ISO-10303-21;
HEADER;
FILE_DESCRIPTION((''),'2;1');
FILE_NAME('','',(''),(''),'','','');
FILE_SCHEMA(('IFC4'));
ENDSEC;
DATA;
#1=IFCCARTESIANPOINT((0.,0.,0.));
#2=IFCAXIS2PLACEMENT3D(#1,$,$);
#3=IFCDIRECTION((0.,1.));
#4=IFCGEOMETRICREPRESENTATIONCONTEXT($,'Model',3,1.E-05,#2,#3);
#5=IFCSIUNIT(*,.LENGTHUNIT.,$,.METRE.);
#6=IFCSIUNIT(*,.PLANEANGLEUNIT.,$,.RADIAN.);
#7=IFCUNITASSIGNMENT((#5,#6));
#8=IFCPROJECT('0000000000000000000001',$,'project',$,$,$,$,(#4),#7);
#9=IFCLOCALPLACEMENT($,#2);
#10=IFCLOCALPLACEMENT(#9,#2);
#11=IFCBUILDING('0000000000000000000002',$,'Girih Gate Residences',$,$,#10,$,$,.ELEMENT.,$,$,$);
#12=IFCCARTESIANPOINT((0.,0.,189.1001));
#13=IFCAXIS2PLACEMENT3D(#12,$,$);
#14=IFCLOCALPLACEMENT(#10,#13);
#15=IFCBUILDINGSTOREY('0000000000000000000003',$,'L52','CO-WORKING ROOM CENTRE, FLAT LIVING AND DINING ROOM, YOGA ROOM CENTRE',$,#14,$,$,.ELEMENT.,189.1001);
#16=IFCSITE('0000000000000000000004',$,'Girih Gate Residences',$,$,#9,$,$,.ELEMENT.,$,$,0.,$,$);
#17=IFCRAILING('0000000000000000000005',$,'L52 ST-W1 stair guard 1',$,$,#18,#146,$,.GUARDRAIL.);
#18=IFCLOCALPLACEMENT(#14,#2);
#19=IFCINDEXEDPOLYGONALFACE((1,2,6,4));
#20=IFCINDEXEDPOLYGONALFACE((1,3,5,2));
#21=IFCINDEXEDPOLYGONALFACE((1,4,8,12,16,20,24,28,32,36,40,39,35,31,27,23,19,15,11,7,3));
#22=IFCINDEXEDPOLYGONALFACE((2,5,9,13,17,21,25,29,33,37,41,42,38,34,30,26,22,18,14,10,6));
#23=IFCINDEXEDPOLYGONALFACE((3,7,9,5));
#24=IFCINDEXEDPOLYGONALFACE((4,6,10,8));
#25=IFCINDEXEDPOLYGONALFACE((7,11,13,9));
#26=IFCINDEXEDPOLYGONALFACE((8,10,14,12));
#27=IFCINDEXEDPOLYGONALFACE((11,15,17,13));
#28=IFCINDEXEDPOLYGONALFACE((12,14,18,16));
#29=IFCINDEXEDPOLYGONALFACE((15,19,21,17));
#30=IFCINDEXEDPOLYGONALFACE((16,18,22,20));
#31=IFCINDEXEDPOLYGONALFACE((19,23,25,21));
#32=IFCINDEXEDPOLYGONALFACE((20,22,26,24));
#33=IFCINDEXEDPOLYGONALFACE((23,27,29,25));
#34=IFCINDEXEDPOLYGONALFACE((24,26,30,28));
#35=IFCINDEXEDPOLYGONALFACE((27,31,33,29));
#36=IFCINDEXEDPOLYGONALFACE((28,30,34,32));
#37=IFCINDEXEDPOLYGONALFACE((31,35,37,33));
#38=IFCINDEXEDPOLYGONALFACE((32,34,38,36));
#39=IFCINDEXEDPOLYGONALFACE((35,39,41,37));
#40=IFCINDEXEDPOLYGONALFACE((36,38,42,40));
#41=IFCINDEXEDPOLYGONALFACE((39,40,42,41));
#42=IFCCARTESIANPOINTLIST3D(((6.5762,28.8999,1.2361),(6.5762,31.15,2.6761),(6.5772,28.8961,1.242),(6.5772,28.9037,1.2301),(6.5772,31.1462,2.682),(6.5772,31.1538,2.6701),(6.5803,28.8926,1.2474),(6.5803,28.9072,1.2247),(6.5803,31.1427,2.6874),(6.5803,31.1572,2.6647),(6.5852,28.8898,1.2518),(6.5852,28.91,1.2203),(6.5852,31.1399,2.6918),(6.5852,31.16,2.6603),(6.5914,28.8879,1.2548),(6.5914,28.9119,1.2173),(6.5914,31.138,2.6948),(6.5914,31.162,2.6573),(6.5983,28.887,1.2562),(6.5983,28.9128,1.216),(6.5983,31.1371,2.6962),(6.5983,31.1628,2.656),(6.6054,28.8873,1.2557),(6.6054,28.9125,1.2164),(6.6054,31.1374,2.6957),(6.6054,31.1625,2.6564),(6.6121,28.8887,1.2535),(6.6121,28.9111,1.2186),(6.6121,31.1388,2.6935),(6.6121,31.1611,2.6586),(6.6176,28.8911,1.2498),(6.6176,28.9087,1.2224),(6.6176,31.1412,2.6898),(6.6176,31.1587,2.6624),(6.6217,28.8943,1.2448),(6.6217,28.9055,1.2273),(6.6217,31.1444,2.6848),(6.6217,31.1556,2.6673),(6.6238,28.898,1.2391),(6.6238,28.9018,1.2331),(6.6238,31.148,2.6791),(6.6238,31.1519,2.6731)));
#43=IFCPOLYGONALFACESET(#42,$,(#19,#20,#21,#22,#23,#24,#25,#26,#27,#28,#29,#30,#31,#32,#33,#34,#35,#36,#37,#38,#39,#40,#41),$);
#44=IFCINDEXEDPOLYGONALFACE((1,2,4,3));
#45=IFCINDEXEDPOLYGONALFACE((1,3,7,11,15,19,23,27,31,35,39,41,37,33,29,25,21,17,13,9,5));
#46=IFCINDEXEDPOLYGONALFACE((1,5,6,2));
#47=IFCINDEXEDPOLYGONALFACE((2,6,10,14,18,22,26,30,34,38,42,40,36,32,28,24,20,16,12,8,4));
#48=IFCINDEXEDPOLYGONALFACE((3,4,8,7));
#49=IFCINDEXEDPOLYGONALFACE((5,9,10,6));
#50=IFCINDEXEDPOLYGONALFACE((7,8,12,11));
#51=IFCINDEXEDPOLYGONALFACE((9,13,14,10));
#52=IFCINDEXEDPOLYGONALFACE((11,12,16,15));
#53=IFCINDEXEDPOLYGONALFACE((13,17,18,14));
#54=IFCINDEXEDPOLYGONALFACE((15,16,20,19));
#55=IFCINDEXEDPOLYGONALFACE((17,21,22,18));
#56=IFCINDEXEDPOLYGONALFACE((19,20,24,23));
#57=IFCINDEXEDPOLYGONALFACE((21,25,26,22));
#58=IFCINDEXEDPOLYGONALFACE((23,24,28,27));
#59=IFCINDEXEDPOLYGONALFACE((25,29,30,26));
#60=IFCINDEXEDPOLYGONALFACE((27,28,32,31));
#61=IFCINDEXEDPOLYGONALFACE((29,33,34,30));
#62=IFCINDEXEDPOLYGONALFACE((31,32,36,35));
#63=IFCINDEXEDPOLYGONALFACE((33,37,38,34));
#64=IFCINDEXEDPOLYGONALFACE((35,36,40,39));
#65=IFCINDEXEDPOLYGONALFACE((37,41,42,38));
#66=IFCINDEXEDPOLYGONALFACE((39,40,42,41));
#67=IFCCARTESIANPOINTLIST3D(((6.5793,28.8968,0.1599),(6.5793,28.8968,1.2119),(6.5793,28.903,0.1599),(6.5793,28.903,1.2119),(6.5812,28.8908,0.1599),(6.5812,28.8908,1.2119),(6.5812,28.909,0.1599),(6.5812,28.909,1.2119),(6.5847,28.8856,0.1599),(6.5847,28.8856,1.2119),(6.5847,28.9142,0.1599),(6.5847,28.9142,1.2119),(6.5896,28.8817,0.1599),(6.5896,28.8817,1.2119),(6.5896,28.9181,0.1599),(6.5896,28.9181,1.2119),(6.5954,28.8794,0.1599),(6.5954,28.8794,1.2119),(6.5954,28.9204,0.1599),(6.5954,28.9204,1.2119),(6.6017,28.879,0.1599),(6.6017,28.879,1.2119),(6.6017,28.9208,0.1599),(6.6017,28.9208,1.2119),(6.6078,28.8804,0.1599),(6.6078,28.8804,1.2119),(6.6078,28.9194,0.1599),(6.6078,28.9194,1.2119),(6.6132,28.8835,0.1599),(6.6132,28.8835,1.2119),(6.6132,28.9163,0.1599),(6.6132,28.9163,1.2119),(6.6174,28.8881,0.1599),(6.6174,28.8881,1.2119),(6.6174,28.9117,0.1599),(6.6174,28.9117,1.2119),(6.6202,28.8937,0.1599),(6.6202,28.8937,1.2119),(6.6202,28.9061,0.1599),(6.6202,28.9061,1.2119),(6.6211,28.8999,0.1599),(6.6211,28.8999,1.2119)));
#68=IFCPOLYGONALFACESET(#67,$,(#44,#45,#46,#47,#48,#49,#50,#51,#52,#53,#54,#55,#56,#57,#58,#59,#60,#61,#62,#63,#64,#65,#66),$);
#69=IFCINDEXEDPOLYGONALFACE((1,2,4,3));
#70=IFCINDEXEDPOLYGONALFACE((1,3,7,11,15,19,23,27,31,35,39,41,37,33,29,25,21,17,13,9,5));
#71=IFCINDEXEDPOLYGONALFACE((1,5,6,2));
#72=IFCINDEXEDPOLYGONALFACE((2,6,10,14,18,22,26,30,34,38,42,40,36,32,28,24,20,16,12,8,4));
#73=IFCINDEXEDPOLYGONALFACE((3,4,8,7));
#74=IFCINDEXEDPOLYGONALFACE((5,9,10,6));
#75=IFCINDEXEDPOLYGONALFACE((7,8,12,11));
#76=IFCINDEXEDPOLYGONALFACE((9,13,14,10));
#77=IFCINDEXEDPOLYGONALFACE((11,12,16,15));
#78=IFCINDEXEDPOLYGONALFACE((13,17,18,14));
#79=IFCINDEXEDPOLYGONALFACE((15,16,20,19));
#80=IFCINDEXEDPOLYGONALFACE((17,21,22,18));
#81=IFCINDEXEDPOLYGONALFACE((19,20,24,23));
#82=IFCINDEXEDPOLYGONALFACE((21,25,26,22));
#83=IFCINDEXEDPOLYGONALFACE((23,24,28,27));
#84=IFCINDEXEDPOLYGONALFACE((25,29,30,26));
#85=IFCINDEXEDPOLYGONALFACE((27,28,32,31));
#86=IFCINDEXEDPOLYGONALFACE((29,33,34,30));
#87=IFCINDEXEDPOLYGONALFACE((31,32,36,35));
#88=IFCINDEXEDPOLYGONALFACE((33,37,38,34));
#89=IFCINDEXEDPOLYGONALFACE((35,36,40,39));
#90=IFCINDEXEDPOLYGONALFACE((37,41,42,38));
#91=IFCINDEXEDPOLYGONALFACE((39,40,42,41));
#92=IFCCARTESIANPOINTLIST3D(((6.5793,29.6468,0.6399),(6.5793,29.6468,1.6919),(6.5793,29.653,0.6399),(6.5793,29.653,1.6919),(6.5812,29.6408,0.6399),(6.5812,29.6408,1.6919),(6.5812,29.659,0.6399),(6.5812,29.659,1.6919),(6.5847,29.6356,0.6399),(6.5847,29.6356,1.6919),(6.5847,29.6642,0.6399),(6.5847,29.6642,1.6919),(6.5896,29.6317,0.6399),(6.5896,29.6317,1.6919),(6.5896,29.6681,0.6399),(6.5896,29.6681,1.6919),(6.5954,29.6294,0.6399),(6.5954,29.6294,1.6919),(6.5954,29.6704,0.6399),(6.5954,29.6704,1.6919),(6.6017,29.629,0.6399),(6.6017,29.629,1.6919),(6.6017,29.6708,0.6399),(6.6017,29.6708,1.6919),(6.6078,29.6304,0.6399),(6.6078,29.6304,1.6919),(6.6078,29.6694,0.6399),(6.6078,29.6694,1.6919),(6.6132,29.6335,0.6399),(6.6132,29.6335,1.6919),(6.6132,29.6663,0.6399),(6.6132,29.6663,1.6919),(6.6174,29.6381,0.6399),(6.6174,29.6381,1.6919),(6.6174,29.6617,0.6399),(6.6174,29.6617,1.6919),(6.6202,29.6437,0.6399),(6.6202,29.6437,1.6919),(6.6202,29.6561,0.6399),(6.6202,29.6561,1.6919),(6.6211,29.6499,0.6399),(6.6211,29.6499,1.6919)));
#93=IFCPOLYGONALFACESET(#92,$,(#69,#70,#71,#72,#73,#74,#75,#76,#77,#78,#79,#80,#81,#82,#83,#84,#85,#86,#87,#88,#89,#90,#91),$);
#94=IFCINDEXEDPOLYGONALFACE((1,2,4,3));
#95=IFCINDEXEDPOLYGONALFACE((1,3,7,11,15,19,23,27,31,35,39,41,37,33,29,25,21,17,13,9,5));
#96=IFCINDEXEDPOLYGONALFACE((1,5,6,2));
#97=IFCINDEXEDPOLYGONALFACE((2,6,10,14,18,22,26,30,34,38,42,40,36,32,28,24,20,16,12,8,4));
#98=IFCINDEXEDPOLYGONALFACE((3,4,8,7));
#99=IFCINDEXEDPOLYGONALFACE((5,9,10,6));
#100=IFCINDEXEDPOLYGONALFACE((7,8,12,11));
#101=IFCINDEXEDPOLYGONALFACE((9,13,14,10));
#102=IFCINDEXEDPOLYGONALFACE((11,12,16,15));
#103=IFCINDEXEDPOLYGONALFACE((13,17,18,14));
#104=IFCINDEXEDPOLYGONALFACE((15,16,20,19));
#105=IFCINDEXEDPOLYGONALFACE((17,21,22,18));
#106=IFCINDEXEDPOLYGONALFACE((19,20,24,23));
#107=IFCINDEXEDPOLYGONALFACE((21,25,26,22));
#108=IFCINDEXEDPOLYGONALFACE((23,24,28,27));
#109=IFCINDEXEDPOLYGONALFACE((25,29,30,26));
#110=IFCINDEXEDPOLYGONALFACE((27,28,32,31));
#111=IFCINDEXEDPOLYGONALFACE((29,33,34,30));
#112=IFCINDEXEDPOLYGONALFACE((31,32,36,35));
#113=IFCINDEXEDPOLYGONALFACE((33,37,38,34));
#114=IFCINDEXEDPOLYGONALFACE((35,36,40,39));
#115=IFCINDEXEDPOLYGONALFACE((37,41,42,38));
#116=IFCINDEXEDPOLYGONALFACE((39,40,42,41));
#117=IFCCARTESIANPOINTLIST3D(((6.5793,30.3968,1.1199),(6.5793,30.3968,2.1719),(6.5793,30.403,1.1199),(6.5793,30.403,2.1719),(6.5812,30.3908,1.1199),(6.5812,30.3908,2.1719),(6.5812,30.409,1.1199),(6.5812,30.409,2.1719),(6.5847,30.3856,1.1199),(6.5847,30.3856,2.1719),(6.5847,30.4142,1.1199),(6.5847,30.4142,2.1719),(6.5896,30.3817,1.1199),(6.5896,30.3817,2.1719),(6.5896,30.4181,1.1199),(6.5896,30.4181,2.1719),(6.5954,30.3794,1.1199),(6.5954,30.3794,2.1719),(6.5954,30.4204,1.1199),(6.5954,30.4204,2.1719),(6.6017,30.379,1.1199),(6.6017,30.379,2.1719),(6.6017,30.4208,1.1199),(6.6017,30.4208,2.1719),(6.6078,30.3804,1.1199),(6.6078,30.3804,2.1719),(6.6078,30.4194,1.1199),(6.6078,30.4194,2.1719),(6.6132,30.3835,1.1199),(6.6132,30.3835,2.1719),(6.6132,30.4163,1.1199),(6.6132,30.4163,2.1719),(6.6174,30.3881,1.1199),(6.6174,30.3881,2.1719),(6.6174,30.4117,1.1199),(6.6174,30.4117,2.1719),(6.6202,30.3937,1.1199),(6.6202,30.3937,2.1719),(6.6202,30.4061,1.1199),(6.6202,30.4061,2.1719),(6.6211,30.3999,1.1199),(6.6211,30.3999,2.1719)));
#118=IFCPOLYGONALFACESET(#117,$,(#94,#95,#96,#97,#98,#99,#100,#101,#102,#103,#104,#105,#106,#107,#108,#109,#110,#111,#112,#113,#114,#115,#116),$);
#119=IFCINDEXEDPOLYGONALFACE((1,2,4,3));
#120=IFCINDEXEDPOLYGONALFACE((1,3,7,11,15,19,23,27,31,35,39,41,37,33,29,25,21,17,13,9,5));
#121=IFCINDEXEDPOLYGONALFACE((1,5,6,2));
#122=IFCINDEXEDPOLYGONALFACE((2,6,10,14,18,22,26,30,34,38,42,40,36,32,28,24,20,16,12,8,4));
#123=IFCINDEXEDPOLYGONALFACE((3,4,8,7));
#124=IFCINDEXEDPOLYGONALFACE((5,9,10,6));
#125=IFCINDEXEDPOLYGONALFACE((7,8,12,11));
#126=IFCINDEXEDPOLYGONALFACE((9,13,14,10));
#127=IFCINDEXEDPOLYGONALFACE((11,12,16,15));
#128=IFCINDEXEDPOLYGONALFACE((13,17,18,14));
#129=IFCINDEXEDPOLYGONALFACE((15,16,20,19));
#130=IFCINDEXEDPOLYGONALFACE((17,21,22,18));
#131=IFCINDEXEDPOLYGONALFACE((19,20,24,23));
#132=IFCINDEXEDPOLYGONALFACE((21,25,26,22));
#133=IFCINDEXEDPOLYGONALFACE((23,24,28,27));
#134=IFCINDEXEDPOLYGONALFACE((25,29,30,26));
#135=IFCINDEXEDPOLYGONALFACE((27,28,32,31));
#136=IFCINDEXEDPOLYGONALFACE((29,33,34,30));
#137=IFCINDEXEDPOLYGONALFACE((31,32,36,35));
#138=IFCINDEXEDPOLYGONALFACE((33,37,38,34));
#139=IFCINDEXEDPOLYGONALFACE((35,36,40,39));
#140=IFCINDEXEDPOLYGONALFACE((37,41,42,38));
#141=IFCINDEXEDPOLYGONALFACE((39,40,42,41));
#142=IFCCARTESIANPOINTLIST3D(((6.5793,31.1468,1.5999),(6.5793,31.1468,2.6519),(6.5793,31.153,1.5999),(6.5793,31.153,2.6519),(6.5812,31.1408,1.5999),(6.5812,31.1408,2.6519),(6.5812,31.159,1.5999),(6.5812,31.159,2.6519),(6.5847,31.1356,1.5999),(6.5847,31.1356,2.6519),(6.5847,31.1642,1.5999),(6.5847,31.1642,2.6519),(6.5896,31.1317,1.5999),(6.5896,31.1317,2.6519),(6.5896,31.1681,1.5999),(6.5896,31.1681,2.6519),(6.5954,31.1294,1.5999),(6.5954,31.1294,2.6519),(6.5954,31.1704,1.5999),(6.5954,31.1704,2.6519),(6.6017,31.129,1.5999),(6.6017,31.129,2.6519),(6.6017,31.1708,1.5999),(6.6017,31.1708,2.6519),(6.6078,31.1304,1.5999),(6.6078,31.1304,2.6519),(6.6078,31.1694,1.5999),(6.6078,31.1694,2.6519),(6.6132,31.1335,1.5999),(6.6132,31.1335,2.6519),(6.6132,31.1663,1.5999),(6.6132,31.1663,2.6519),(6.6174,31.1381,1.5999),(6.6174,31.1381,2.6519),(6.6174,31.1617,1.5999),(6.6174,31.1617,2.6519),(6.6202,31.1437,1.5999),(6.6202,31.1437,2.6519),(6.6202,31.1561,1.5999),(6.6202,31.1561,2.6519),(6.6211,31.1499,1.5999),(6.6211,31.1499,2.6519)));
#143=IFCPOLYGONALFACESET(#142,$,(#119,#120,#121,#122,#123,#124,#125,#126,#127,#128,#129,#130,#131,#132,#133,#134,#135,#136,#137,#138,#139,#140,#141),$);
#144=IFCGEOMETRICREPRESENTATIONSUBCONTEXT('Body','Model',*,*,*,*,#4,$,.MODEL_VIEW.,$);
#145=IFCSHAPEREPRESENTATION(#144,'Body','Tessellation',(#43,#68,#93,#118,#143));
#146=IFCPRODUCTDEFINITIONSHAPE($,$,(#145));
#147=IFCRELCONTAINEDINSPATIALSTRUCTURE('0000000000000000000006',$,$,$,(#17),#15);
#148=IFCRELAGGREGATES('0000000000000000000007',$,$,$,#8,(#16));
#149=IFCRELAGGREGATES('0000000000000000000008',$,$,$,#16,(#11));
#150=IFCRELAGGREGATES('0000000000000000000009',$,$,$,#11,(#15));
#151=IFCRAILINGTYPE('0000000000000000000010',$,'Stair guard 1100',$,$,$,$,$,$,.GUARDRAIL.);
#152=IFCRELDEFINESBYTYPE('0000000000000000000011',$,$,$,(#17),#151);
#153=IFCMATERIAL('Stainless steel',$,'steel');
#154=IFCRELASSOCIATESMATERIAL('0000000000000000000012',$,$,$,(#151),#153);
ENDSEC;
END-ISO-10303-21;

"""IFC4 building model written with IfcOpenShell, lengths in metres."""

from ifc_helpers import new_model, si_unit, direction, frame, origin, origin_2d, place, context, subcontext, project, spatial, circle, extrude, material, type_object, element, save


model = new_model("IFC4")

# Units and contexts
model_context = context("Model", 3, precision=1e-05, world=origin(), true_north=direction((0.0, 1.0)))
body_context = subcontext(model_context, "Body", "Model", "MODEL_VIEW")
ifc_project = project(units=[si_unit("LENGTHUNIT", "METRE"), si_unit("PLANEANGLEUNIT", "RADIAN")], contexts=[model_context])

# Site, building, storey
site_placement = place(None, origin())
site = spatial("IfcSite", under=ifc_project, at=site_placement, Name="Girih Gate Residences", CompositionType="ELEMENT", RefElevation=0.0)
building_placement = place(site_placement, origin())
building = spatial("IfcBuilding", under=site, at=building_placement, Name="Girih Gate Residences", CompositionType="ELEMENT")
storey_placement = place(building_placement, frame((0.0, 0.0, 189.1001)))
storey = spatial("IfcBuildingStorey", under=building, at=storey_placement, Name="L52", Description="CO-WORKING ROOM CENTRE, FLAT LIVING AND DINING ROOM, YOGA ROOM CENTRE", CompositionType="ELEMENT", Elevation=189.1001)

# Railing
ifc_material_1 = material(Name="Stainless steel", Category="steel")
railing_type_1 = type_object("IfcRailingType", Name="Stair guard 1100", PredefinedType="GUARDRAIL", material=ifc_material_1)
railing_1_placement = place(storey_placement, frame((6.6001, 28.8999, 0.1599)))
element("IfcRailing", 1, at=railing_1_placement, inside=storey, type_object=railing_type_1, Name="L52 ST-W1 stair guard 1", PredefinedType="GUARDRAIL", context=body_context, shape_type="SweptSolid", body=[
    extrude(circle(Radius=0.0239, at=origin_2d()), frame((0.0, 0.0, 1.0762), z_axis=(0.0, 0.842281, 0.539038), x_axis=(-1.0, 0.0, 0.0)), (0.0, 0.0, 1.0), 2.6714),
    extrude(circle(Radius=0.021, at=origin_2d()), origin(), (0.0, 0.0, 1.0), 1.052),
    extrude(circle(Radius=0.021, at=origin_2d()), frame((0.0, 0.75, 0.48)), (0.0, 0.0, 1.0), 1.052),
    extrude(circle(Radius=0.021, at=origin_2d()), frame((0.0, 1.5, 0.96)), (0.0, 0.0, 1.0), 1.052),
    extrude(circle(Radius=0.021, at=origin_2d()), frame((0.0, 2.25, 1.4399)), (0.0, 0.0, 1.0), 1.052),
])

save(model, "model.ifc")
